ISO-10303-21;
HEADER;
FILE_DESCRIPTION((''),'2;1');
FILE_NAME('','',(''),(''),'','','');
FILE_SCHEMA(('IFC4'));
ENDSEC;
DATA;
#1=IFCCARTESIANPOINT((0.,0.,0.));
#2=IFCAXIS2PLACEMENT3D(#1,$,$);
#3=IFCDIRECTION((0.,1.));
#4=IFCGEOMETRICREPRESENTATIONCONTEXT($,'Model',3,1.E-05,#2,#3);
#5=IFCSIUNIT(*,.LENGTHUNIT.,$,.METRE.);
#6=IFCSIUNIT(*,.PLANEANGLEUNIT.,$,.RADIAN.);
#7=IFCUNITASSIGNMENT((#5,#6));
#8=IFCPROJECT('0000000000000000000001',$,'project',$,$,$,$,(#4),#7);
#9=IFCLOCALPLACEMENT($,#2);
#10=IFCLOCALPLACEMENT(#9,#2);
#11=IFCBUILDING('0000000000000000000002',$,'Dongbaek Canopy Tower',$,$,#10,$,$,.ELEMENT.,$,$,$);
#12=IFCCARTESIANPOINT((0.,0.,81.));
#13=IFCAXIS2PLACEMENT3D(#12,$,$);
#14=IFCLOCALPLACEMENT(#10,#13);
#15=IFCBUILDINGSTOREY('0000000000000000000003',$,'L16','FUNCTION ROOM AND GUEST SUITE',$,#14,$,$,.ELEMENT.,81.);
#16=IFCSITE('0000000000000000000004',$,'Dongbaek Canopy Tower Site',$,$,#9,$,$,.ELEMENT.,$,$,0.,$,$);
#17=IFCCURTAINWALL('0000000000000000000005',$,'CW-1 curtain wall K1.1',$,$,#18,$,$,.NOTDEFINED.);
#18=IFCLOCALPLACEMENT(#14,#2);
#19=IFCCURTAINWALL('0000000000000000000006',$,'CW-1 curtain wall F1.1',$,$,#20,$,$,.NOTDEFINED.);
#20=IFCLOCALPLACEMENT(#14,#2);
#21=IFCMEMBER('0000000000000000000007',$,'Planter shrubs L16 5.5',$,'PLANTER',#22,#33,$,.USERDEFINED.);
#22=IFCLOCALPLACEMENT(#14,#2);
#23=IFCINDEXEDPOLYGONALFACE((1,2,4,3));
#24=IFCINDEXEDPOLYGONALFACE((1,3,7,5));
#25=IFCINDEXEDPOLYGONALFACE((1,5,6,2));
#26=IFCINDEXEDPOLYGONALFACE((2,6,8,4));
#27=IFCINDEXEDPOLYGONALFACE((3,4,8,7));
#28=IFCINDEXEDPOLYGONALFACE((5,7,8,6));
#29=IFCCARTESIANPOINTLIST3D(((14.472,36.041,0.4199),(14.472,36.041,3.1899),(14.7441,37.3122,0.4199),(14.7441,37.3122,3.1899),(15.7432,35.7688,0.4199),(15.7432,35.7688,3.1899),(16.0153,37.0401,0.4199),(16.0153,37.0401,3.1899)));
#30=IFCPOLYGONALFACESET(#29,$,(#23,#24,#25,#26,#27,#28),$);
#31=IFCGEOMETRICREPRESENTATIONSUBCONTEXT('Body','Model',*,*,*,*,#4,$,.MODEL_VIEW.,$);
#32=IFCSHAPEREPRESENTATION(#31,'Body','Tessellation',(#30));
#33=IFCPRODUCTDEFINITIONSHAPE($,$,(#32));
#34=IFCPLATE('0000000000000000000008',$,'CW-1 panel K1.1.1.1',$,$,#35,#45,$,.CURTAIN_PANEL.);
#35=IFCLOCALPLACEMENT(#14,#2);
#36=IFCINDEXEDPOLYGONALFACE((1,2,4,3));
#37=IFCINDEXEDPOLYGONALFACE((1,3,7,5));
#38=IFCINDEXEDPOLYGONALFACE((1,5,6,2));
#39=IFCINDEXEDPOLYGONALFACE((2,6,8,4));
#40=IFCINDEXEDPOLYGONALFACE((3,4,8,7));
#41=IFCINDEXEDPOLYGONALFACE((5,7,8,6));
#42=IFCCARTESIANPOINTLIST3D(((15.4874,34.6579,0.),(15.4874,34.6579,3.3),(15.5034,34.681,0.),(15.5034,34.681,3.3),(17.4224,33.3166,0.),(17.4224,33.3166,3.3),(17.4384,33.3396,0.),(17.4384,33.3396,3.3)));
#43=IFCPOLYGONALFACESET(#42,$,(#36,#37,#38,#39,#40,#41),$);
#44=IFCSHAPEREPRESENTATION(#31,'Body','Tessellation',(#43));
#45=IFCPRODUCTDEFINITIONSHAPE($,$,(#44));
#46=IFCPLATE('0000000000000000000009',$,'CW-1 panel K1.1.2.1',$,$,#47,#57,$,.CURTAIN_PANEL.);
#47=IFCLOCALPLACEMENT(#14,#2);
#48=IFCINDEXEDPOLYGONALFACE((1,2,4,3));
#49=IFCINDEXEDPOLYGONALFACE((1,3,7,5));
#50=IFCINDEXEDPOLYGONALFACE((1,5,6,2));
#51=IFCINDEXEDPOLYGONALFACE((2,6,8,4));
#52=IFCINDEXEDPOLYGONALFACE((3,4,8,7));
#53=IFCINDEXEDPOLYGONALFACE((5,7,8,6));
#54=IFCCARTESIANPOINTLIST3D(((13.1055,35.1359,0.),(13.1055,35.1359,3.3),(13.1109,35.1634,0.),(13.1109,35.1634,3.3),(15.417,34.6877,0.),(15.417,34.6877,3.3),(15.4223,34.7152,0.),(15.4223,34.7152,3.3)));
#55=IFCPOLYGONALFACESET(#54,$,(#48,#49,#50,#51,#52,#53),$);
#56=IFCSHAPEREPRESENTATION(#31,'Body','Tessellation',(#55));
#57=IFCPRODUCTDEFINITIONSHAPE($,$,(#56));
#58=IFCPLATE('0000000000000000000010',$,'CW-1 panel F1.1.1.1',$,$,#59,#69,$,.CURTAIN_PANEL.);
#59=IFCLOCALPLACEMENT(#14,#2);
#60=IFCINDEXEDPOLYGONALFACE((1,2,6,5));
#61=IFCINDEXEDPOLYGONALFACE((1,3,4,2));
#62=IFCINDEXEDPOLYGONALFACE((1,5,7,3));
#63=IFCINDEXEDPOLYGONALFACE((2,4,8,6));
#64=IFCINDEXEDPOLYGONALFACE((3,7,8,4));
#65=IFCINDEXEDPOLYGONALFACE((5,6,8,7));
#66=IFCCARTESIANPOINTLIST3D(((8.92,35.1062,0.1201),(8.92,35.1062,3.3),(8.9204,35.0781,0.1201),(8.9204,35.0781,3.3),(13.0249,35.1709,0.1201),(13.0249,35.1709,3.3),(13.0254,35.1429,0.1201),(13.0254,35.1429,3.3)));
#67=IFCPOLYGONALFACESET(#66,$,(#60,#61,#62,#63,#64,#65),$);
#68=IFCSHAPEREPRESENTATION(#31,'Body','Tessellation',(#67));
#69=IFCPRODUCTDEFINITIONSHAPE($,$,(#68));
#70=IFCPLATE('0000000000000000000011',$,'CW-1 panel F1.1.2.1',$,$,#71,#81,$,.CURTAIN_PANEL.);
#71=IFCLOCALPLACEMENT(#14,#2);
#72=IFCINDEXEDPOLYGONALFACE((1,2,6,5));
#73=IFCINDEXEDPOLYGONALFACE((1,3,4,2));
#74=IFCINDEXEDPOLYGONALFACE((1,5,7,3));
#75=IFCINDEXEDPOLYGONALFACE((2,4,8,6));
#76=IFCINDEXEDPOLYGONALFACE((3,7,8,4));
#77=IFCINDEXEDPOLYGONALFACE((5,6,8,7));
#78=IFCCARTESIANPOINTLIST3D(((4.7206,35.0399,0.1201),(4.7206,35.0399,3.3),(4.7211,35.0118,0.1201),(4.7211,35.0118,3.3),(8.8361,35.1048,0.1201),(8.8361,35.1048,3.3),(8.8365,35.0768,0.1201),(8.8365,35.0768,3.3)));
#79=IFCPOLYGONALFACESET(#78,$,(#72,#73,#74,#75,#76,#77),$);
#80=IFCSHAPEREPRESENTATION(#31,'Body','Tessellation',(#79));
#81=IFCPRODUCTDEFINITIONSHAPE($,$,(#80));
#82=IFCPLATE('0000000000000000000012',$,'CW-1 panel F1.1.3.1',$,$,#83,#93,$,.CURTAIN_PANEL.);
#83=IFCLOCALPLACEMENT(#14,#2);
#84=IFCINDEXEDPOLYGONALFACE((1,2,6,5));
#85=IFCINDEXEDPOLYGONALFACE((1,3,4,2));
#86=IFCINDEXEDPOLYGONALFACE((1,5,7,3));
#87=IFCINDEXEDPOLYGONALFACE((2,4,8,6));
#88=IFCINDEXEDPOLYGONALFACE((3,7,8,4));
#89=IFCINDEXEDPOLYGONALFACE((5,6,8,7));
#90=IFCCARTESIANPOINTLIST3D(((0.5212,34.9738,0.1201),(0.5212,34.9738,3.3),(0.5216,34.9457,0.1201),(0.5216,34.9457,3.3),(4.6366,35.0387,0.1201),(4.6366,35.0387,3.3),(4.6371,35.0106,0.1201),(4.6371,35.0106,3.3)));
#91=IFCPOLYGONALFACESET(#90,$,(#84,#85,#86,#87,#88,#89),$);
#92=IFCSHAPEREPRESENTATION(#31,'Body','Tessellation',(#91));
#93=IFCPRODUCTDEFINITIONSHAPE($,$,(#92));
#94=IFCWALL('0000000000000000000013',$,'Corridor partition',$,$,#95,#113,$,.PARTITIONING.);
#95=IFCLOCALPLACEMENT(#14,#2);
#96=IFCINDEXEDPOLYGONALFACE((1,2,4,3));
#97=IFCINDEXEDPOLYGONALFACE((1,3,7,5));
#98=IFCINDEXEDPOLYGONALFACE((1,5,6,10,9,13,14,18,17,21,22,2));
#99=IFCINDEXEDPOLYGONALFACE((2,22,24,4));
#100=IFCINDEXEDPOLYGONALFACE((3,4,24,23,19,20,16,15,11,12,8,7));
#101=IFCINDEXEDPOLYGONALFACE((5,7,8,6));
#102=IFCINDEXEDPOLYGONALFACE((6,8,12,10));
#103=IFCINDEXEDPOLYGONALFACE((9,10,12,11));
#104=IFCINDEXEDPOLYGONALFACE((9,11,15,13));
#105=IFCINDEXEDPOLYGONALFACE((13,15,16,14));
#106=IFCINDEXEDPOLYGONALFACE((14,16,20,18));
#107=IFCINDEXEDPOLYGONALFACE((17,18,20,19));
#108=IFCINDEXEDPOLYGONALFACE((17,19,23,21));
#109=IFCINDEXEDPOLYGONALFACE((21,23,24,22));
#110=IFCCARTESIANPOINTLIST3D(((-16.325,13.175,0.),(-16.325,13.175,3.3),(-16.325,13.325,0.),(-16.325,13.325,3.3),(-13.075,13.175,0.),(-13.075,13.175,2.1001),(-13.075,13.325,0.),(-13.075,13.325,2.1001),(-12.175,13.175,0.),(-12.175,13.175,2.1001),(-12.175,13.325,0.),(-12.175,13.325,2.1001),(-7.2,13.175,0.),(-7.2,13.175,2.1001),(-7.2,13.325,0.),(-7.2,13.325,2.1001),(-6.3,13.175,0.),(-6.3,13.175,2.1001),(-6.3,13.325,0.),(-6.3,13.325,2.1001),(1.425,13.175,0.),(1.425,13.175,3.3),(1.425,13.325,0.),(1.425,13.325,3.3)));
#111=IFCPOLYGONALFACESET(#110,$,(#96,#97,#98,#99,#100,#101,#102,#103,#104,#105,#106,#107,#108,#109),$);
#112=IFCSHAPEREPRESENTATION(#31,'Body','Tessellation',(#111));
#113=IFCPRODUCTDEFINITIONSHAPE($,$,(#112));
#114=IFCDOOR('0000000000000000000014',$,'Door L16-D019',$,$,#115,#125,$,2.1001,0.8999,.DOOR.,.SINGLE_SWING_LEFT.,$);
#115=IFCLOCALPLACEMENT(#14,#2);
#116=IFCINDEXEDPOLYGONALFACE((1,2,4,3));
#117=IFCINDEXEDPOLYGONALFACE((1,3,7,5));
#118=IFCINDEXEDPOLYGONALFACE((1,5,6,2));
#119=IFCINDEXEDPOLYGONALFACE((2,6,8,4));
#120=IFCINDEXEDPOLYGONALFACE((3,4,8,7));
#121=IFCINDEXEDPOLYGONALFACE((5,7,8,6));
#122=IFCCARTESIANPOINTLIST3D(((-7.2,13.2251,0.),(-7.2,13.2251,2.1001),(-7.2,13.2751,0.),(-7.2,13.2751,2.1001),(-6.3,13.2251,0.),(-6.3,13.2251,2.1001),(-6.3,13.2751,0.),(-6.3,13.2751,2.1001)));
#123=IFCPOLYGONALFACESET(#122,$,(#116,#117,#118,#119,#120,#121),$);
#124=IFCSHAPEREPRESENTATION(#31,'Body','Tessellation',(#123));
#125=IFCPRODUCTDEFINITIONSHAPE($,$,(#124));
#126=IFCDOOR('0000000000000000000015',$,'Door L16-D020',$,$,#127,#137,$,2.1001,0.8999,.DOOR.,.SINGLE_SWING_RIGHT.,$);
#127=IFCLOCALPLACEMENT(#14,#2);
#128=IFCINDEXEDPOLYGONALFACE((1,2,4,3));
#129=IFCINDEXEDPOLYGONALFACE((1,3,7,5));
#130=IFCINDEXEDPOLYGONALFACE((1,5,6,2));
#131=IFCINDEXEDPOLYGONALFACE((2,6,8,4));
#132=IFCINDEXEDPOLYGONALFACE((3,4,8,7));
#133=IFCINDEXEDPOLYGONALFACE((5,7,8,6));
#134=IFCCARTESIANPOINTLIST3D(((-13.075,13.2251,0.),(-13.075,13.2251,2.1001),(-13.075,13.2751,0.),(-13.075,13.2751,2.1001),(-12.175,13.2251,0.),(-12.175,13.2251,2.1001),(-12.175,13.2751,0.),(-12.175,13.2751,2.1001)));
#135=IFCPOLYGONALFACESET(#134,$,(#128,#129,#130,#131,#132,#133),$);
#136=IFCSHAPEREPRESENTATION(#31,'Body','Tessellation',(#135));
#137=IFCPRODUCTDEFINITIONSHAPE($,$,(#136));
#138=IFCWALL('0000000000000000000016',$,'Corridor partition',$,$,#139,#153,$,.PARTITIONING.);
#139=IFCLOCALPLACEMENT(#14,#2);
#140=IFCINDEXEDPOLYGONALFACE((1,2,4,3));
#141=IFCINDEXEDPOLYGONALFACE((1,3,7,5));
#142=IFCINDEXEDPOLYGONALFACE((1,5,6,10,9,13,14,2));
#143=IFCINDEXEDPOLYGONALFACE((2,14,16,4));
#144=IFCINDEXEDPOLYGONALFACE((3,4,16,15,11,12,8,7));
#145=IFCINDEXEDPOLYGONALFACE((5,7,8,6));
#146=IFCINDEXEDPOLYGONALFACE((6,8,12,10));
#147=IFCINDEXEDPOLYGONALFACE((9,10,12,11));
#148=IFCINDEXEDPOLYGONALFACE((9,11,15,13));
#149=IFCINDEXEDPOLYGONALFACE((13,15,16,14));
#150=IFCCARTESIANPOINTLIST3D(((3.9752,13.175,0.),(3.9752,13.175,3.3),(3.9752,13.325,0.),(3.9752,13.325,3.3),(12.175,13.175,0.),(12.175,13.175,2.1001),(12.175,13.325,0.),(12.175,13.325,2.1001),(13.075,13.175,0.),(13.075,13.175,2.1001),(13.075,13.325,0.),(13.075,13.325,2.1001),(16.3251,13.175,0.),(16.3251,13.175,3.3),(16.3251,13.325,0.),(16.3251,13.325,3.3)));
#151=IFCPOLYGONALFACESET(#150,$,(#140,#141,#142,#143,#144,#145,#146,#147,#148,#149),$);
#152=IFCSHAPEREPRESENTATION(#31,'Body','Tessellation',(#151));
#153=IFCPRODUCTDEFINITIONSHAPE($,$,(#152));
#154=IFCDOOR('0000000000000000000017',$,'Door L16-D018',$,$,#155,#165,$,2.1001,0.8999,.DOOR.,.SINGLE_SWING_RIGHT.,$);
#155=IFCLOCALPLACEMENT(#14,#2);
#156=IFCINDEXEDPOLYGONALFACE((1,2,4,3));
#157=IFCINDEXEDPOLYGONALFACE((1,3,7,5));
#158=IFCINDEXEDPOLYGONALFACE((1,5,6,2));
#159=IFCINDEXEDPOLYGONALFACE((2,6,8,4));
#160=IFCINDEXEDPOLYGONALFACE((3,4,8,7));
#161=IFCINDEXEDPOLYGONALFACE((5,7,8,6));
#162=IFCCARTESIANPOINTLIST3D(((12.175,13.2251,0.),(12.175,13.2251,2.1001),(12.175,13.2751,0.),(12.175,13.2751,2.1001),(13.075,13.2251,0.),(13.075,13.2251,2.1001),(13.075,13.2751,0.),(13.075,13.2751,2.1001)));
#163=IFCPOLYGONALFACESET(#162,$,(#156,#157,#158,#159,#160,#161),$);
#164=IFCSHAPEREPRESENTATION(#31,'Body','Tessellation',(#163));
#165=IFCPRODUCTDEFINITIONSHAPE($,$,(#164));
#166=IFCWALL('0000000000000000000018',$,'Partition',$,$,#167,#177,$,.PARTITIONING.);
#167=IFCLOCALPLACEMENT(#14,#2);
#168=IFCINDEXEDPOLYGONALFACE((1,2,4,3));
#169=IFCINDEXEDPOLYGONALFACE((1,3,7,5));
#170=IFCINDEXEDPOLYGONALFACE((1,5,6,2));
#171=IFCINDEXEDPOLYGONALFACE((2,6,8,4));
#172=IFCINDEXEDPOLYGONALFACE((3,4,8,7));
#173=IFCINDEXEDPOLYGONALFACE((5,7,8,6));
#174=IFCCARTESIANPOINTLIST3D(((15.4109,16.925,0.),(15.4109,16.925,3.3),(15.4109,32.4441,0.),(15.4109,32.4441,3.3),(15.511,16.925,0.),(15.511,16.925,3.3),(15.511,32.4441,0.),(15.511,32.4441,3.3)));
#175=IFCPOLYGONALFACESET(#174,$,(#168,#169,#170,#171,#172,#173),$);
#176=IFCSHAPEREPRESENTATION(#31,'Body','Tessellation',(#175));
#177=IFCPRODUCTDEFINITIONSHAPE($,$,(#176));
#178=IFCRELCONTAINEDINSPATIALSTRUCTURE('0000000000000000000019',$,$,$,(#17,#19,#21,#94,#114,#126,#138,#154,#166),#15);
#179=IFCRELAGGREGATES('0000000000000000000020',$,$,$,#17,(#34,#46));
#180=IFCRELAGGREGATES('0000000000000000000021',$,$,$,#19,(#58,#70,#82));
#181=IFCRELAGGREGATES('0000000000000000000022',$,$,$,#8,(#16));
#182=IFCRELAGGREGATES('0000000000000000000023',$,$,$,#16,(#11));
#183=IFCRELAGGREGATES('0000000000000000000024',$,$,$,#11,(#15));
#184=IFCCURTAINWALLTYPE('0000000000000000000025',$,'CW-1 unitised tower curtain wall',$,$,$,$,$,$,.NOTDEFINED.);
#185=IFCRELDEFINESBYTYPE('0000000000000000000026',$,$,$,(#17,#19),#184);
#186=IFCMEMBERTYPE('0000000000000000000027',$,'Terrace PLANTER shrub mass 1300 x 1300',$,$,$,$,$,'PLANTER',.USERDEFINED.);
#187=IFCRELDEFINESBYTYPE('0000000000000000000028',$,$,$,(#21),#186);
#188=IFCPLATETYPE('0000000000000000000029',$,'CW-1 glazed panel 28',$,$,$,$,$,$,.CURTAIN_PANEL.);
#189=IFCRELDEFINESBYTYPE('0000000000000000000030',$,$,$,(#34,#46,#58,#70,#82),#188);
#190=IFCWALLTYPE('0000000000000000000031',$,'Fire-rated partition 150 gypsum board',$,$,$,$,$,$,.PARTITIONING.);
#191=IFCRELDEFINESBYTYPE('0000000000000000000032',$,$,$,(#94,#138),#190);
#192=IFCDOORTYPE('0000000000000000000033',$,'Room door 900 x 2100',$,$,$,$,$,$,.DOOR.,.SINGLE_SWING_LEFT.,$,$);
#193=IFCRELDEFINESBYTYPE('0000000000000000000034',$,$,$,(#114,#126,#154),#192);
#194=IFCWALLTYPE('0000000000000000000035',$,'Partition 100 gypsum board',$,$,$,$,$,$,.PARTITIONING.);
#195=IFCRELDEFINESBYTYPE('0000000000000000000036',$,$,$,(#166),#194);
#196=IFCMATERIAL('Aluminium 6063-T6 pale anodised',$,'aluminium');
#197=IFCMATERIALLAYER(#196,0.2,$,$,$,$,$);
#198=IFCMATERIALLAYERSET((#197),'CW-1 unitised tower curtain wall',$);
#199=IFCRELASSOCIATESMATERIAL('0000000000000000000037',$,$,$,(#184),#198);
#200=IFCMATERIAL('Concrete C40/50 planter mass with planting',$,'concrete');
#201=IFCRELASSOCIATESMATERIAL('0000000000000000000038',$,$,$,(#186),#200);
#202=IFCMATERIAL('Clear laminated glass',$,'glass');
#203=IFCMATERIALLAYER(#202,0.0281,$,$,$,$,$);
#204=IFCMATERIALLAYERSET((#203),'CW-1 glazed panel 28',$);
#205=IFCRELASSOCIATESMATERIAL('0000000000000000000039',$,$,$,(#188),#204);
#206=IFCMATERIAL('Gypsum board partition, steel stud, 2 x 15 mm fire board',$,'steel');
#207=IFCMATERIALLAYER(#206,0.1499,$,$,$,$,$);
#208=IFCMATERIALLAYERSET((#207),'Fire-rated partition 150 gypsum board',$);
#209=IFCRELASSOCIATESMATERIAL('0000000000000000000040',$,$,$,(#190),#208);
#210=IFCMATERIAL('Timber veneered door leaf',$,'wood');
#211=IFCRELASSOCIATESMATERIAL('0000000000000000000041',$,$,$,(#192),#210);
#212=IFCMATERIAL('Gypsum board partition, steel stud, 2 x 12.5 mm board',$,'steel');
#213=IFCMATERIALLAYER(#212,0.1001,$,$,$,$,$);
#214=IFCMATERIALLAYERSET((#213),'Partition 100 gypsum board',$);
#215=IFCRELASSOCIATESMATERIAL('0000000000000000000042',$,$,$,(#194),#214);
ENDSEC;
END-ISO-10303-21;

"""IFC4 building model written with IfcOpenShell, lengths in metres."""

from ifc_helpers import new_model, si_unit, direction, frame, frame_2d, origin, origin_2d, place, context, subcontext, project, spatial, rectangle, extrude, material, layer, layer_set, material_profile, profile_set, type_object, element, fill, aggregate, save


model = new_model("IFC4")

# Units and contexts
model_context = context("Model", 3, precision=1e-05, world=origin(), true_north=direction((0.0, 1.0)))
body_context = subcontext(model_context, "Body", "Model", "MODEL_VIEW")
ifc_project = project(units=[si_unit("LENGTHUNIT", "METRE"), si_unit("PLANEANGLEUNIT", "RADIAN")], contexts=[model_context])

# Site, building, storey
site_placement = place(None, origin())
site = spatial("IfcSite", under=ifc_project, at=site_placement, Name="Dongbaek Canopy Tower Site", CompositionType="ELEMENT", RefElevation=0.0)
building_placement = place(site_placement, origin())
building = spatial("IfcBuilding", under=site, at=building_placement, Name="Dongbaek Canopy Tower", CompositionType="ELEMENT")
storey_placement = place(building_placement, frame((0.0, 0.0, 81.0)))
storey = spatial("IfcBuildingStorey", under=building, at=storey_placement, Name="L16", Description="FUNCTION ROOM AND GUEST SUITE", CompositionType="ELEMENT", Elevation=81.0)

# Curtain walls
ifc_material_1 = material(Name="Aluminium 6063-T6 pale anodised", Category="aluminium")
ifc_layer_1 = layer(ifc_material_1, 0.2)
ifc_layer_set_1 = layer_set([ifc_layer_1], Name="CW-1 unitised tower curtain wall")
curtain_wall_type = type_object("IfcCurtainWallType", Name="CW-1 unitised tower curtain wall", PredefinedType="NOTDEFINED", material=ifc_layer_set_1)
curtain_wall_1_placement = place(storey_placement, origin())
curtain_wall_1 = element("IfcCurtainWall", 1, at=curtain_wall_1_placement, inside=storey, type_object=curtain_wall_type, Name="CW-1 curtain wall K1.1", PredefinedType="NOTDEFINED")
curtain_wall_2_placement = place(storey_placement, origin())
curtain_wall_2 = element("IfcCurtainWall", 2, at=curtain_wall_2_placement, inside=storey, type_object=curtain_wall_type, Name="CW-1 curtain wall F1.1", PredefinedType="NOTDEFINED")

# Member
ifc_material_2 = material(Name="Concrete C40/50 planter mass with planting", Category="concrete")
ifc_material_profile_1 = material_profile(ifc_material_2, rectangle(XDim=1.3, YDim=1.3, at=origin_2d()), Name="Terrace PLANTER shrub mass 1300 x 1300")
ifc_profile_set_1 = profile_set([ifc_material_profile_1], Name="Concrete C40/50 planter mass with planting")
member_type_1 = type_object("IfcMemberType", Name="Terrace PLANTER shrub mass 1300 x 1300", ElementType="PLANTER", PredefinedType="USERDEFINED", material=ifc_profile_set_1)
member_1_placement = place(storey_placement, frame((15.2437, 36.5405, 0.4199), z_axis=(0.0, 0.0, 1.0), x_axis=(0.209339, 0.977843, 0.0)))
element("IfcMember", 3, at=member_1_placement, inside=storey, type_object=member_type_1, Name="Planter shrubs L16 5.5", ObjectType="PLANTER", PredefinedType="USERDEFINED", context=body_context, shape_type="SweptSolid", body=[
    extrude(rectangle(XDim=1.3, YDim=1.3, at=origin_2d()), origin(), (0.0, 0.0, 1.0), 2.77),
])

# Plates
ifc_material_3 = material(Name="Clear laminated glass", Category="glass")
ifc_layer_2 = layer(ifc_material_3, 0.0281)
ifc_layer_set_2 = layer_set([ifc_layer_2], Name="CW-1 glazed panel 28")
plate_type = type_object("IfcPlateType", Name="CW-1 glazed panel 28", PredefinedType="CURTAIN_PANEL", material=ifc_layer_set_2)
plate_1_placement = place(storey_placement, frame((16.4629, 33.9988, 0.0), z_axis=(0.0, 0.0, 1.0), x_axis=(-0.821857, 0.569694, 0.0)))
plate_1 = element("IfcPlate", 4, at=plate_1_placement, type_object=plate_type, Name="CW-1 panel K1.1.1.1", PredefinedType="CURTAIN_PANEL", context=body_context, shape_type="SweptSolid", body=[
    extrude(rectangle(XDim=2.3545, YDim=0.0281, at=origin_2d()), origin(), (0.0, 0.0, 1.0), 3.3),
])
plate_2_placement = place(storey_placement, frame((14.2639, 34.9255, 0.0), z_axis=(0.0, 0.0, 1.0), x_axis=(-0.981715, 0.190359, 0.0)))
plate_2 = element("IfcPlate", 5, at=plate_2_placement, type_object=plate_type, Name="CW-1 panel K1.1.2.1", PredefinedType="CURTAIN_PANEL", context=body_context, shape_type="SweptSolid", body=[
    extrude(rectangle(XDim=2.3545, YDim=0.0281, at=origin_2d()), origin(), (0.0, 0.0, 1.0), 3.3),
])
aggregate(curtain_wall_1, [plate_1, plate_2])
plate_3_placement = place(storey_placement, frame((10.9727, 35.1245, 0.1201), z_axis=(0.0, 0.0, 1.0), x_axis=(-0.999876, -0.015774, 0.0)))
plate_3 = element("IfcPlate", 6, at=plate_3_placement, type_object=plate_type, Name="CW-1 panel F1.1.1.1", PredefinedType="CURTAIN_PANEL", context=body_context, shape_type="SweptSolid", body=[
    extrude(rectangle(XDim=4.1055, YDim=0.0281, at=origin_2d()), origin(), (0.0, 0.0, 1.0), 3.1799),
])
plate_4_placement = place(storey_placement, frame((6.7786, 35.0583, 0.1201), z_axis=(0.0, 0.0, 1.0), x_axis=(-0.999876, -0.015774, 0.0)))
plate_4 = element("IfcPlate", 7, at=plate_4_placement, type_object=plate_type, Name="CW-1 panel F1.1.2.1", PredefinedType="CURTAIN_PANEL", context=body_context, shape_type="SweptSolid", body=[
    extrude(rectangle(XDim=4.116, YDim=0.0281, at=origin_2d()), origin(), (0.0, 0.0, 1.0), 3.1799),
])
plate_5_placement = place(storey_placement, frame((2.5791, 34.9922, 0.1201), z_axis=(0.0, 0.0, 1.0), x_axis=(-0.999876, -0.015774, 0.0)))
plate_5 = element("IfcPlate", 8, at=plate_5_placement, type_object=plate_type, Name="CW-1 panel F1.1.3.1", PredefinedType="CURTAIN_PANEL", context=body_context, shape_type="SweptSolid", body=[
    extrude(rectangle(XDim=4.116, YDim=0.0281, at=origin_2d()), origin(), (0.0, 0.0, 1.0), 3.1799),
])

# Wall, openings, doors
ifc_material_4 = material(Name="Gypsum board partition, steel stud, 2 x 15 mm fire board", Category="steel")
ifc_layer_3 = layer(ifc_material_4, 0.1499)
ifc_layer_set_3 = layer_set([ifc_layer_3], Name="Fire-rated partition 150 gypsum board")
wall_type_1 = type_object("IfcWallType", Name="Fire-rated partition 150 gypsum board", PredefinedType="PARTITIONING", material=ifc_layer_set_3)
wall_1_placement = place(storey_placement, frame((1.425, 13.25, 0.0), z_axis=(0.0, 0.0, 1.0), x_axis=(-1.0, 0.0, 0.0)))
wall_1 = element("IfcWall", 9, at=wall_1_placement, inside=storey, type_object=wall_type_1, Name="Corridor partition", PredefinedType="PARTITIONING", context=body_context, shape_type="SweptSolid", body=[
    extrude(rectangle(XDim=17.75, YDim=0.1499, at=frame_2d((8.875, 0.0))), origin(), (0.0, 0.0, 1.0), 3.3),
])
opening_1_placement = place(wall_1_placement, frame((7.7251, 0.0, 0.0)))
opening_1 = element("IfcOpeningElement", 10, at=opening_1_placement, cuts=wall_1, PredefinedType="OPENING", context=body_context, shape_type="SweptSolid", body=[
    extrude(rectangle(XDim=0.8999, YDim=2.1001, at=frame_2d((0.45, 1.05))), frame((0.0, 0.085, 0.0), z_axis=(0.0, -1.0, 0.0), x_axis=(1.0, 0.0, 0.0)), (0.0, 0.0, 1.0), 0.1699),
])
opening_2_placement = place(wall_1_placement, frame((13.6001, 0.0, 0.0)))
opening_2 = element("IfcOpeningElement", 11, at=opening_2_placement, cuts=wall_1, PredefinedType="OPENING", context=body_context, shape_type="SweptSolid", body=[
    extrude(rectangle(XDim=0.8999, YDim=2.1001, at=frame_2d((0.45, 1.05))), frame((0.0, 0.085, 0.0), z_axis=(0.0, -1.0, 0.0), x_axis=(1.0, 0.0, 0.0)), (0.0, 0.0, 1.0), 0.1699),
])
ifc_material_5 = material(Name="Timber veneered door leaf", Category="wood")
door_type = type_object("IfcDoorType", Name="Room door 900 x 2100", OperationType="SINGLE_SWING_LEFT", PredefinedType="DOOR", material=ifc_material_5)
door_1_placement = place(opening_1_placement, origin())
door_1 = element("IfcDoor", 12, at=door_1_placement, inside=storey, type_object=door_type, Name="Door L16-D019", OperationType="SINGLE_SWING_LEFT", OverallHeight=2.1001, OverallWidth=0.8999, PredefinedType="DOOR", context=body_context, shape_type="SweptSolid", body=[
    extrude(rectangle(XDim=0.8999, YDim=2.1001, at=frame_2d((0.45, 1.05))), frame((0.0, 0.0249, 0.0), z_axis=(0.0, -1.0, 0.0), x_axis=(1.0, 0.0, 0.0)), (0.0, 0.0, 1.0), 0.05),
])
fill(opening_1, door_1)
door_2_placement = place(opening_2_placement, origin())
door_2 = element("IfcDoor", 13, at=door_2_placement, inside=storey, type_object=door_type, Name="Door L16-D020", OperationType="SINGLE_SWING_RIGHT", OverallHeight=2.1001, OverallWidth=0.8999, PredefinedType="DOOR", context=body_context, shape_type="SweptSolid", body=[
    extrude(rectangle(XDim=0.8999, YDim=2.1001, at=frame_2d((0.45, 1.05))), frame((0.0, 0.0249, 0.0), z_axis=(0.0, -1.0, 0.0), x_axis=(1.0, 0.0, 0.0)), (0.0, 0.0, 1.0), 0.05),
])
fill(opening_2, door_2)

# Wall, opening, door
wall_2_placement = place(storey_placement, frame((16.325, 13.25, 0.0), z_axis=(0.0, 0.0, 1.0), x_axis=(-1.0, 0.0, 0.0)))
wall_2 = element("IfcWall", 14, at=wall_2_placement, inside=storey, type_object=wall_type_1, Name="Corridor partition", PredefinedType="PARTITIONING", context=body_context, shape_type="SweptSolid", body=[
    extrude(rectangle(XDim=12.3499, YDim=0.1499, at=frame_2d((6.1748, 0.0))), origin(), (0.0, 0.0, 1.0), 3.3),
])
opening_3_placement = place(wall_2_placement, frame((3.25, 0.0, 0.0)))
opening_3 = element("IfcOpeningElement", 15, at=opening_3_placement, cuts=wall_2, PredefinedType="OPENING", context=body_context, shape_type="SweptSolid", body=[
    extrude(rectangle(XDim=0.8999, YDim=2.1001, at=frame_2d((0.45, 1.05))), frame((0.0, 0.085, 0.0), z_axis=(0.0, -1.0, 0.0), x_axis=(1.0, 0.0, 0.0)), (0.0, 0.0, 1.0), 0.1699),
])
door_3_placement = place(opening_3_placement, origin())
door_3 = element("IfcDoor", 16, at=door_3_placement, inside=storey, type_object=door_type, Name="Door L16-D018", OperationType="SINGLE_SWING_RIGHT", OverallHeight=2.1001, OverallWidth=0.8999, PredefinedType="DOOR", context=body_context, shape_type="SweptSolid", body=[
    extrude(rectangle(XDim=0.8999, YDim=2.1001, at=frame_2d((0.45, 1.05))), frame((0.0, 0.0249, 0.0), z_axis=(0.0, -1.0, 0.0), x_axis=(1.0, 0.0, 0.0)), (0.0, 0.0, 1.0), 0.05),
])
fill(opening_3, door_3)

# Wall
ifc_material_6 = material(Name="Gypsum board partition, steel stud, 2 x 12.5 mm board", Category="steel")
ifc_layer_4 = layer(ifc_material_6, 0.1001)
ifc_layer_set_4 = layer_set([ifc_layer_4], Name="Partition 100 gypsum board")
wall_type_2 = type_object("IfcWallType", Name="Partition 100 gypsum board", PredefinedType="PARTITIONING", material=ifc_layer_set_4)
wall_3_placement = place(storey_placement, frame((15.4609, 16.925, 0.0), z_axis=(0.0, 0.0, 1.0), x_axis=(0.0, 1.0, 0.0)))
element("IfcWall", 17, at=wall_3_placement, inside=storey, type_object=wall_type_2, Name="Partition", PredefinedType="PARTITIONING", context=body_context, shape_type="SweptSolid", body=[
    extrude(rectangle(XDim=15.519, YDim=0.1001, at=frame_2d((7.7595, 0.0))), origin(), (0.0, 0.0, 1.0), 3.3),
])

aggregate(curtain_wall_2, [plate_3, plate_4, plate_5])

save(model, "model.ifc")
